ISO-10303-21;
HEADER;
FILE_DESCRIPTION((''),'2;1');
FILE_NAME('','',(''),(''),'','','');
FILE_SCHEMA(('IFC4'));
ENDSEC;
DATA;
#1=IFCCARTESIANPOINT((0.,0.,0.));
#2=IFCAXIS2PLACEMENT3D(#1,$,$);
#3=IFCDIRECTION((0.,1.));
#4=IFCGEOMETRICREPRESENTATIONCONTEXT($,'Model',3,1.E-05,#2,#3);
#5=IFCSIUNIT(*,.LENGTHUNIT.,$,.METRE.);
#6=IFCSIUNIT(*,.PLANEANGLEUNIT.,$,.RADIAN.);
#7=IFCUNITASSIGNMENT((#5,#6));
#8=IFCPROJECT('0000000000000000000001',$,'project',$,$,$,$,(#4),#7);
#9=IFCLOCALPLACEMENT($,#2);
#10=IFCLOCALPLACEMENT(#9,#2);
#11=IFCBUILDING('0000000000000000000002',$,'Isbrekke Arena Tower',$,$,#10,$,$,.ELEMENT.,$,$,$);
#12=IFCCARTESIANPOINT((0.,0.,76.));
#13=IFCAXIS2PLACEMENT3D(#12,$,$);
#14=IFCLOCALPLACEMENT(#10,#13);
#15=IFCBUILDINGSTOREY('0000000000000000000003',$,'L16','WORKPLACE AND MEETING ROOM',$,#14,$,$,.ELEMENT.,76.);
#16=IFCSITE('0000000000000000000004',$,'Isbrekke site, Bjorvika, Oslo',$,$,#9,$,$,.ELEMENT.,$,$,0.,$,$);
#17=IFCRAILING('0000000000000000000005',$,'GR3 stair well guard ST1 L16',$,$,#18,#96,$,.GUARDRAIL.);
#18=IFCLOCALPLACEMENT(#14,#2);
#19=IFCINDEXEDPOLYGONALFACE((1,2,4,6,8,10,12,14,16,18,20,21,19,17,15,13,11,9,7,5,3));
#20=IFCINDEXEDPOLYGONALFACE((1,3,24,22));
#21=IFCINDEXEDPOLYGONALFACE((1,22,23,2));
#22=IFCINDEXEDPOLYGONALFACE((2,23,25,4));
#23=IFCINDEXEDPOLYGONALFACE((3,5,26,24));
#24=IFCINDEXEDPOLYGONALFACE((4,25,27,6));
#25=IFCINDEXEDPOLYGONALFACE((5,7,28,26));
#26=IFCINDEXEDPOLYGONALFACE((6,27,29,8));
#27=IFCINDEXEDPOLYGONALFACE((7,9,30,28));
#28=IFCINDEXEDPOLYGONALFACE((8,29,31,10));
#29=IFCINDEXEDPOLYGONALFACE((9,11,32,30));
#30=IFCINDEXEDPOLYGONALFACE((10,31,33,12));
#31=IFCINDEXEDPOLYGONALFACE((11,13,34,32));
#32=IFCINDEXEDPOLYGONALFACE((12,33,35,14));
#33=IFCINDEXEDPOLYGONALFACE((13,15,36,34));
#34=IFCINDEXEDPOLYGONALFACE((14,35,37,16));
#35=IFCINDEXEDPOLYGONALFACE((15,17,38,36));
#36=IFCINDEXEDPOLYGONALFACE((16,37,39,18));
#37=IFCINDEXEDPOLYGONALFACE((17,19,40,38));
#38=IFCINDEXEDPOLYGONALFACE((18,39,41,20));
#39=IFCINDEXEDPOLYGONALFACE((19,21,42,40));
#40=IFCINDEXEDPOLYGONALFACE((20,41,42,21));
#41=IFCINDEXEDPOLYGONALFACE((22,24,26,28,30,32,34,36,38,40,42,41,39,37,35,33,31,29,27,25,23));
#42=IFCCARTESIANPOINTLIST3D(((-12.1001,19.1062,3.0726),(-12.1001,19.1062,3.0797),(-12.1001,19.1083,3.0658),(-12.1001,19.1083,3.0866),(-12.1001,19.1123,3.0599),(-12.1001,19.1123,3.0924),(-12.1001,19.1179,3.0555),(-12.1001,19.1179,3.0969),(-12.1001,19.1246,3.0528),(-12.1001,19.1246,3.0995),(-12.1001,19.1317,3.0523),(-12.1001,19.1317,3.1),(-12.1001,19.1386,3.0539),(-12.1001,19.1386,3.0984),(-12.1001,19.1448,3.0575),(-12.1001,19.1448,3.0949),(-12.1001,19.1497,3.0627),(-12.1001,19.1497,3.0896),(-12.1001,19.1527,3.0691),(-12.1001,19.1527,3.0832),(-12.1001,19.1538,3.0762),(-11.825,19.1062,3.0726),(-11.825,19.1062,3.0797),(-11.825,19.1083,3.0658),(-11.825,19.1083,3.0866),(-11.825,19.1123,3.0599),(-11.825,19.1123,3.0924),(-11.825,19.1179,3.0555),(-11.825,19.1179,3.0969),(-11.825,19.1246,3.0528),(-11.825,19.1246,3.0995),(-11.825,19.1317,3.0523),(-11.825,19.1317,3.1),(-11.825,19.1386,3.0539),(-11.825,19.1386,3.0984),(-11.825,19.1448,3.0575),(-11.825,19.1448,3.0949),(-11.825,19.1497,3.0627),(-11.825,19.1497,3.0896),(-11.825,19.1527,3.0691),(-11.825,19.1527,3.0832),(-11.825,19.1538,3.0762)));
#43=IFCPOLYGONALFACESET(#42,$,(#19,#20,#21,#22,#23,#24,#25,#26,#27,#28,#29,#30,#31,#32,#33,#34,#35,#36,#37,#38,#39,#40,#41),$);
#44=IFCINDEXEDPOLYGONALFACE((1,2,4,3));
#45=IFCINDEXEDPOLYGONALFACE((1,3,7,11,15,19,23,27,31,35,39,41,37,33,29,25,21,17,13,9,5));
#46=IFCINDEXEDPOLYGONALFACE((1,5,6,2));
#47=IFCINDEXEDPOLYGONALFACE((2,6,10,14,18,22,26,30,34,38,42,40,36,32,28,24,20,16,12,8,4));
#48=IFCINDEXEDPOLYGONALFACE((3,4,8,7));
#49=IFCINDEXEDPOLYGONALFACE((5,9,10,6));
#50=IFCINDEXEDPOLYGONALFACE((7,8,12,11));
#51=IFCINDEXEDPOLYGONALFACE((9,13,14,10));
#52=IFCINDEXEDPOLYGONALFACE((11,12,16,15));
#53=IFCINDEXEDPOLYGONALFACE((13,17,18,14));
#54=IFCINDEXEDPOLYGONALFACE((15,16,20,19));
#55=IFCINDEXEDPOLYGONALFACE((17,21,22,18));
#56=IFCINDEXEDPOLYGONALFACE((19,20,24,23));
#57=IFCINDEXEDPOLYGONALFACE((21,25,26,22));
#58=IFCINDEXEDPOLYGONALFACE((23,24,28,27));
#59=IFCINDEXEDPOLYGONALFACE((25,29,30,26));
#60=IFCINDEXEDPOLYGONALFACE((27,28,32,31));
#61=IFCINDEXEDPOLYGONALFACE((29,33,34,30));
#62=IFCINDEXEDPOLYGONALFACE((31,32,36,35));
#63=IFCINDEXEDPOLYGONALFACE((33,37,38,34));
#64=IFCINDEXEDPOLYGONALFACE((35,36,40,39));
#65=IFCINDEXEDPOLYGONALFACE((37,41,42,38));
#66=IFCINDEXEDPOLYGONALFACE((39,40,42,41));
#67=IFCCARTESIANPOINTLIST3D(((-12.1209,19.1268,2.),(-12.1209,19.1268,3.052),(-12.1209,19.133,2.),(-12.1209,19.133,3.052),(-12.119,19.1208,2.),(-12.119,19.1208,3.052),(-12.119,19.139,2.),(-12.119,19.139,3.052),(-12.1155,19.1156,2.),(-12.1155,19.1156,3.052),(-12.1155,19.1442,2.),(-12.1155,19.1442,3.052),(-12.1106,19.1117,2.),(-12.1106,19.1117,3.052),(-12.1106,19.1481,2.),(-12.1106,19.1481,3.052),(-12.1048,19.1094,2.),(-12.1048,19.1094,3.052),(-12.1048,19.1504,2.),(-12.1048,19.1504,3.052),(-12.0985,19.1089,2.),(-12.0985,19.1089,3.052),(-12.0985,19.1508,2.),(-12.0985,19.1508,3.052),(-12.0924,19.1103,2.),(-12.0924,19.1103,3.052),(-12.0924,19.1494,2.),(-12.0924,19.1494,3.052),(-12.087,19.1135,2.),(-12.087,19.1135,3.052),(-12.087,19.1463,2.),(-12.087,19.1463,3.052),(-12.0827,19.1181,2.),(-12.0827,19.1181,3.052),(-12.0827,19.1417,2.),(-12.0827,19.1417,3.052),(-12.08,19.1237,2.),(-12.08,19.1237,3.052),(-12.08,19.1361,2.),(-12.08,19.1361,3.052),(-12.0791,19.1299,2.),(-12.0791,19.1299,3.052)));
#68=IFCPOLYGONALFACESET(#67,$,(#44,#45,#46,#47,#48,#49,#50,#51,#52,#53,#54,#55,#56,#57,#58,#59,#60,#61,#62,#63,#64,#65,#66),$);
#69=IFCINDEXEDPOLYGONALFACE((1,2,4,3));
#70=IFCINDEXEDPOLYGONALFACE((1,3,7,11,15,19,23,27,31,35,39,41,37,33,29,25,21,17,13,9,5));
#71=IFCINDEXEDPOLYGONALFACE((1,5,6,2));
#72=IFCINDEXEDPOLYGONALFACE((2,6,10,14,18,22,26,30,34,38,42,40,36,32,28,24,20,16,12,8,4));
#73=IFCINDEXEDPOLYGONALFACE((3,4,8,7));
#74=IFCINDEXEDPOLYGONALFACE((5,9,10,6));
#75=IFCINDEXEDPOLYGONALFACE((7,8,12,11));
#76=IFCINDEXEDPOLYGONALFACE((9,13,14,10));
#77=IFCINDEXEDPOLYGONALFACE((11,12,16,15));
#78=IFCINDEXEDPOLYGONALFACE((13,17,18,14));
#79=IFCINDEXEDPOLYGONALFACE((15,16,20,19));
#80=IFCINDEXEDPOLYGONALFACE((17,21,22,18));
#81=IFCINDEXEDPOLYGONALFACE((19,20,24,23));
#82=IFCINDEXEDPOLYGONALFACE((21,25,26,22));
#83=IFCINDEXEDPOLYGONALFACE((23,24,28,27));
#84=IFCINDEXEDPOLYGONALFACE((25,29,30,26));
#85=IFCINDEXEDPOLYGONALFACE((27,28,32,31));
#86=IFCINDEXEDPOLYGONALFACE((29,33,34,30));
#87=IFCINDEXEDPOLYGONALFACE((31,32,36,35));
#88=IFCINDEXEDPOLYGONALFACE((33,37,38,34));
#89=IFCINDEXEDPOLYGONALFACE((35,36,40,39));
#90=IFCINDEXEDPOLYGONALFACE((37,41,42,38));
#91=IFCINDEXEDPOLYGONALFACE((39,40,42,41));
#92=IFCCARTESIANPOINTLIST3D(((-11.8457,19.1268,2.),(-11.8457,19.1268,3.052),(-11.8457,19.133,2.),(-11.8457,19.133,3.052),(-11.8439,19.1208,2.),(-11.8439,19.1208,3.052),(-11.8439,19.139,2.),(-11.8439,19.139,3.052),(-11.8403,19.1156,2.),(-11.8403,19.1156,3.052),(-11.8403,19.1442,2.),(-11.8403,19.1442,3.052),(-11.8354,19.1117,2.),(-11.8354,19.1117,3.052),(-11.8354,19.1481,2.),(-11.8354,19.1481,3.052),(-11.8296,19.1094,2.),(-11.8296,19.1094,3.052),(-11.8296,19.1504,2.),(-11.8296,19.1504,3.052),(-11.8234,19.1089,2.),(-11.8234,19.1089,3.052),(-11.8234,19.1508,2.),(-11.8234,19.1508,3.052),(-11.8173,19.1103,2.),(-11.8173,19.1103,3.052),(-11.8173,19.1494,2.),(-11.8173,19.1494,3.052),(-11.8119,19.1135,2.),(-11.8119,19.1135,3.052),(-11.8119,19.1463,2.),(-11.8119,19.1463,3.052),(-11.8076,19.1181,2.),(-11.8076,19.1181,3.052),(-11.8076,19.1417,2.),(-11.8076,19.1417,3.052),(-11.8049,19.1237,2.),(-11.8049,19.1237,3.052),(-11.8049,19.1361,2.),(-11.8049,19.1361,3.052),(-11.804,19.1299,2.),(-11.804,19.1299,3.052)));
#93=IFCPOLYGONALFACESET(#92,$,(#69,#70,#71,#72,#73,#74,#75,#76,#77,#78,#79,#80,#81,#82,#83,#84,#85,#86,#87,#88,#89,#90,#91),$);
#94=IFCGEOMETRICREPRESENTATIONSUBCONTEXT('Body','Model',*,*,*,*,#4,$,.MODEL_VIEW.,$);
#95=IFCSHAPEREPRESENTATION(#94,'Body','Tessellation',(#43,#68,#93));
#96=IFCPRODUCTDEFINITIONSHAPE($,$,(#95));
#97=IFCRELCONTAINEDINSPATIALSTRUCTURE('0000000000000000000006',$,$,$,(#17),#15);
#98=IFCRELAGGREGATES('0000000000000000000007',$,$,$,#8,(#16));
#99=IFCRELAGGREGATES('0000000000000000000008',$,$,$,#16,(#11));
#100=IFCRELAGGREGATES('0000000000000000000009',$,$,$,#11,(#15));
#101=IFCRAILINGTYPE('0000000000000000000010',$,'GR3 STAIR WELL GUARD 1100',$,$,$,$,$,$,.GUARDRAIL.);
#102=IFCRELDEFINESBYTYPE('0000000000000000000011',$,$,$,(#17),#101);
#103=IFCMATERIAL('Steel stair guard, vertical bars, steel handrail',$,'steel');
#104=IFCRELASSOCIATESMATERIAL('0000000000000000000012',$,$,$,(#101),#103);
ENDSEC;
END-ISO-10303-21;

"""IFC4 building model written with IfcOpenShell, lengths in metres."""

from ifc_helpers import new_model, si_unit, direction, frame, origin, origin_2d, place, context, subcontext, project, spatial, circle, extrude, material, type_object, element, save


model = new_model("IFC4")

# Units and contexts
model_context = context("Model", 3, precision=1e-05, world=origin(), true_north=direction((0.0, 1.0)))
body_context = subcontext(model_context, "Body", "Model", "MODEL_VIEW")
ifc_project = project(units=[si_unit("LENGTHUNIT", "METRE"), si_unit("PLANEANGLEUNIT", "RADIAN")], contexts=[model_context])

# Site, building, storey
site_placement = place(None, origin())
site = spatial("IfcSite", under=ifc_project, at=site_placement, Name="Isbrekke site, Bjorvika, Oslo", CompositionType="ELEMENT", RefElevation=0.0)
building_placement = place(site_placement, origin())
building = spatial("IfcBuilding", under=site, at=building_placement, Name="Isbrekke Arena Tower", CompositionType="ELEMENT")
storey_placement = place(building_placement, frame((0.0, 0.0, 76.0)))
storey = spatial("IfcBuildingStorey", under=building, at=storey_placement, Name="L16", Description="WORKPLACE AND MEETING ROOM", CompositionType="ELEMENT", Elevation=76.0)

# Railing
ifc_material_1 = material(Name="Steel stair guard, vertical bars, steel handrail", Category="steel")
railing_type = type_object("IfcRailingType", Name="GR3 STAIR WELL GUARD 1100", PredefinedType="GUARDRAIL", material=ifc_material_1)
for number, where, name in (
    (1, (-12.1001, 19.1299, 2.0), "GR3 stair well guard ST1 L16"),
):
    element("IfcRailing", number, at=place(storey_placement, frame(where)), inside=storey, type_object=railing_type, Name=name, PredefinedType="GUARDRAIL", context=body_context, shape_type="SweptSolid", body=[
        extrude(circle(Radius=0.0239, at=origin_2d()), frame((0.0, 0.0, 1.0762), z_axis=(1.0, 0.0, 0.0), x_axis=(0.0, 1.0, 0.0)), (0.0, 0.0, 1.0), 0.2751),
        extrude(circle(Radius=0.021, at=origin_2d()), origin(), (0.0, 0.0, 1.0), 1.052),
        extrude(circle(Radius=0.021, at=origin_2d()), frame((0.2751, 0.0, 0.0)), (0.0, 0.0, 1.0), 1.052),
    ])

save(model, "model.ifc")
